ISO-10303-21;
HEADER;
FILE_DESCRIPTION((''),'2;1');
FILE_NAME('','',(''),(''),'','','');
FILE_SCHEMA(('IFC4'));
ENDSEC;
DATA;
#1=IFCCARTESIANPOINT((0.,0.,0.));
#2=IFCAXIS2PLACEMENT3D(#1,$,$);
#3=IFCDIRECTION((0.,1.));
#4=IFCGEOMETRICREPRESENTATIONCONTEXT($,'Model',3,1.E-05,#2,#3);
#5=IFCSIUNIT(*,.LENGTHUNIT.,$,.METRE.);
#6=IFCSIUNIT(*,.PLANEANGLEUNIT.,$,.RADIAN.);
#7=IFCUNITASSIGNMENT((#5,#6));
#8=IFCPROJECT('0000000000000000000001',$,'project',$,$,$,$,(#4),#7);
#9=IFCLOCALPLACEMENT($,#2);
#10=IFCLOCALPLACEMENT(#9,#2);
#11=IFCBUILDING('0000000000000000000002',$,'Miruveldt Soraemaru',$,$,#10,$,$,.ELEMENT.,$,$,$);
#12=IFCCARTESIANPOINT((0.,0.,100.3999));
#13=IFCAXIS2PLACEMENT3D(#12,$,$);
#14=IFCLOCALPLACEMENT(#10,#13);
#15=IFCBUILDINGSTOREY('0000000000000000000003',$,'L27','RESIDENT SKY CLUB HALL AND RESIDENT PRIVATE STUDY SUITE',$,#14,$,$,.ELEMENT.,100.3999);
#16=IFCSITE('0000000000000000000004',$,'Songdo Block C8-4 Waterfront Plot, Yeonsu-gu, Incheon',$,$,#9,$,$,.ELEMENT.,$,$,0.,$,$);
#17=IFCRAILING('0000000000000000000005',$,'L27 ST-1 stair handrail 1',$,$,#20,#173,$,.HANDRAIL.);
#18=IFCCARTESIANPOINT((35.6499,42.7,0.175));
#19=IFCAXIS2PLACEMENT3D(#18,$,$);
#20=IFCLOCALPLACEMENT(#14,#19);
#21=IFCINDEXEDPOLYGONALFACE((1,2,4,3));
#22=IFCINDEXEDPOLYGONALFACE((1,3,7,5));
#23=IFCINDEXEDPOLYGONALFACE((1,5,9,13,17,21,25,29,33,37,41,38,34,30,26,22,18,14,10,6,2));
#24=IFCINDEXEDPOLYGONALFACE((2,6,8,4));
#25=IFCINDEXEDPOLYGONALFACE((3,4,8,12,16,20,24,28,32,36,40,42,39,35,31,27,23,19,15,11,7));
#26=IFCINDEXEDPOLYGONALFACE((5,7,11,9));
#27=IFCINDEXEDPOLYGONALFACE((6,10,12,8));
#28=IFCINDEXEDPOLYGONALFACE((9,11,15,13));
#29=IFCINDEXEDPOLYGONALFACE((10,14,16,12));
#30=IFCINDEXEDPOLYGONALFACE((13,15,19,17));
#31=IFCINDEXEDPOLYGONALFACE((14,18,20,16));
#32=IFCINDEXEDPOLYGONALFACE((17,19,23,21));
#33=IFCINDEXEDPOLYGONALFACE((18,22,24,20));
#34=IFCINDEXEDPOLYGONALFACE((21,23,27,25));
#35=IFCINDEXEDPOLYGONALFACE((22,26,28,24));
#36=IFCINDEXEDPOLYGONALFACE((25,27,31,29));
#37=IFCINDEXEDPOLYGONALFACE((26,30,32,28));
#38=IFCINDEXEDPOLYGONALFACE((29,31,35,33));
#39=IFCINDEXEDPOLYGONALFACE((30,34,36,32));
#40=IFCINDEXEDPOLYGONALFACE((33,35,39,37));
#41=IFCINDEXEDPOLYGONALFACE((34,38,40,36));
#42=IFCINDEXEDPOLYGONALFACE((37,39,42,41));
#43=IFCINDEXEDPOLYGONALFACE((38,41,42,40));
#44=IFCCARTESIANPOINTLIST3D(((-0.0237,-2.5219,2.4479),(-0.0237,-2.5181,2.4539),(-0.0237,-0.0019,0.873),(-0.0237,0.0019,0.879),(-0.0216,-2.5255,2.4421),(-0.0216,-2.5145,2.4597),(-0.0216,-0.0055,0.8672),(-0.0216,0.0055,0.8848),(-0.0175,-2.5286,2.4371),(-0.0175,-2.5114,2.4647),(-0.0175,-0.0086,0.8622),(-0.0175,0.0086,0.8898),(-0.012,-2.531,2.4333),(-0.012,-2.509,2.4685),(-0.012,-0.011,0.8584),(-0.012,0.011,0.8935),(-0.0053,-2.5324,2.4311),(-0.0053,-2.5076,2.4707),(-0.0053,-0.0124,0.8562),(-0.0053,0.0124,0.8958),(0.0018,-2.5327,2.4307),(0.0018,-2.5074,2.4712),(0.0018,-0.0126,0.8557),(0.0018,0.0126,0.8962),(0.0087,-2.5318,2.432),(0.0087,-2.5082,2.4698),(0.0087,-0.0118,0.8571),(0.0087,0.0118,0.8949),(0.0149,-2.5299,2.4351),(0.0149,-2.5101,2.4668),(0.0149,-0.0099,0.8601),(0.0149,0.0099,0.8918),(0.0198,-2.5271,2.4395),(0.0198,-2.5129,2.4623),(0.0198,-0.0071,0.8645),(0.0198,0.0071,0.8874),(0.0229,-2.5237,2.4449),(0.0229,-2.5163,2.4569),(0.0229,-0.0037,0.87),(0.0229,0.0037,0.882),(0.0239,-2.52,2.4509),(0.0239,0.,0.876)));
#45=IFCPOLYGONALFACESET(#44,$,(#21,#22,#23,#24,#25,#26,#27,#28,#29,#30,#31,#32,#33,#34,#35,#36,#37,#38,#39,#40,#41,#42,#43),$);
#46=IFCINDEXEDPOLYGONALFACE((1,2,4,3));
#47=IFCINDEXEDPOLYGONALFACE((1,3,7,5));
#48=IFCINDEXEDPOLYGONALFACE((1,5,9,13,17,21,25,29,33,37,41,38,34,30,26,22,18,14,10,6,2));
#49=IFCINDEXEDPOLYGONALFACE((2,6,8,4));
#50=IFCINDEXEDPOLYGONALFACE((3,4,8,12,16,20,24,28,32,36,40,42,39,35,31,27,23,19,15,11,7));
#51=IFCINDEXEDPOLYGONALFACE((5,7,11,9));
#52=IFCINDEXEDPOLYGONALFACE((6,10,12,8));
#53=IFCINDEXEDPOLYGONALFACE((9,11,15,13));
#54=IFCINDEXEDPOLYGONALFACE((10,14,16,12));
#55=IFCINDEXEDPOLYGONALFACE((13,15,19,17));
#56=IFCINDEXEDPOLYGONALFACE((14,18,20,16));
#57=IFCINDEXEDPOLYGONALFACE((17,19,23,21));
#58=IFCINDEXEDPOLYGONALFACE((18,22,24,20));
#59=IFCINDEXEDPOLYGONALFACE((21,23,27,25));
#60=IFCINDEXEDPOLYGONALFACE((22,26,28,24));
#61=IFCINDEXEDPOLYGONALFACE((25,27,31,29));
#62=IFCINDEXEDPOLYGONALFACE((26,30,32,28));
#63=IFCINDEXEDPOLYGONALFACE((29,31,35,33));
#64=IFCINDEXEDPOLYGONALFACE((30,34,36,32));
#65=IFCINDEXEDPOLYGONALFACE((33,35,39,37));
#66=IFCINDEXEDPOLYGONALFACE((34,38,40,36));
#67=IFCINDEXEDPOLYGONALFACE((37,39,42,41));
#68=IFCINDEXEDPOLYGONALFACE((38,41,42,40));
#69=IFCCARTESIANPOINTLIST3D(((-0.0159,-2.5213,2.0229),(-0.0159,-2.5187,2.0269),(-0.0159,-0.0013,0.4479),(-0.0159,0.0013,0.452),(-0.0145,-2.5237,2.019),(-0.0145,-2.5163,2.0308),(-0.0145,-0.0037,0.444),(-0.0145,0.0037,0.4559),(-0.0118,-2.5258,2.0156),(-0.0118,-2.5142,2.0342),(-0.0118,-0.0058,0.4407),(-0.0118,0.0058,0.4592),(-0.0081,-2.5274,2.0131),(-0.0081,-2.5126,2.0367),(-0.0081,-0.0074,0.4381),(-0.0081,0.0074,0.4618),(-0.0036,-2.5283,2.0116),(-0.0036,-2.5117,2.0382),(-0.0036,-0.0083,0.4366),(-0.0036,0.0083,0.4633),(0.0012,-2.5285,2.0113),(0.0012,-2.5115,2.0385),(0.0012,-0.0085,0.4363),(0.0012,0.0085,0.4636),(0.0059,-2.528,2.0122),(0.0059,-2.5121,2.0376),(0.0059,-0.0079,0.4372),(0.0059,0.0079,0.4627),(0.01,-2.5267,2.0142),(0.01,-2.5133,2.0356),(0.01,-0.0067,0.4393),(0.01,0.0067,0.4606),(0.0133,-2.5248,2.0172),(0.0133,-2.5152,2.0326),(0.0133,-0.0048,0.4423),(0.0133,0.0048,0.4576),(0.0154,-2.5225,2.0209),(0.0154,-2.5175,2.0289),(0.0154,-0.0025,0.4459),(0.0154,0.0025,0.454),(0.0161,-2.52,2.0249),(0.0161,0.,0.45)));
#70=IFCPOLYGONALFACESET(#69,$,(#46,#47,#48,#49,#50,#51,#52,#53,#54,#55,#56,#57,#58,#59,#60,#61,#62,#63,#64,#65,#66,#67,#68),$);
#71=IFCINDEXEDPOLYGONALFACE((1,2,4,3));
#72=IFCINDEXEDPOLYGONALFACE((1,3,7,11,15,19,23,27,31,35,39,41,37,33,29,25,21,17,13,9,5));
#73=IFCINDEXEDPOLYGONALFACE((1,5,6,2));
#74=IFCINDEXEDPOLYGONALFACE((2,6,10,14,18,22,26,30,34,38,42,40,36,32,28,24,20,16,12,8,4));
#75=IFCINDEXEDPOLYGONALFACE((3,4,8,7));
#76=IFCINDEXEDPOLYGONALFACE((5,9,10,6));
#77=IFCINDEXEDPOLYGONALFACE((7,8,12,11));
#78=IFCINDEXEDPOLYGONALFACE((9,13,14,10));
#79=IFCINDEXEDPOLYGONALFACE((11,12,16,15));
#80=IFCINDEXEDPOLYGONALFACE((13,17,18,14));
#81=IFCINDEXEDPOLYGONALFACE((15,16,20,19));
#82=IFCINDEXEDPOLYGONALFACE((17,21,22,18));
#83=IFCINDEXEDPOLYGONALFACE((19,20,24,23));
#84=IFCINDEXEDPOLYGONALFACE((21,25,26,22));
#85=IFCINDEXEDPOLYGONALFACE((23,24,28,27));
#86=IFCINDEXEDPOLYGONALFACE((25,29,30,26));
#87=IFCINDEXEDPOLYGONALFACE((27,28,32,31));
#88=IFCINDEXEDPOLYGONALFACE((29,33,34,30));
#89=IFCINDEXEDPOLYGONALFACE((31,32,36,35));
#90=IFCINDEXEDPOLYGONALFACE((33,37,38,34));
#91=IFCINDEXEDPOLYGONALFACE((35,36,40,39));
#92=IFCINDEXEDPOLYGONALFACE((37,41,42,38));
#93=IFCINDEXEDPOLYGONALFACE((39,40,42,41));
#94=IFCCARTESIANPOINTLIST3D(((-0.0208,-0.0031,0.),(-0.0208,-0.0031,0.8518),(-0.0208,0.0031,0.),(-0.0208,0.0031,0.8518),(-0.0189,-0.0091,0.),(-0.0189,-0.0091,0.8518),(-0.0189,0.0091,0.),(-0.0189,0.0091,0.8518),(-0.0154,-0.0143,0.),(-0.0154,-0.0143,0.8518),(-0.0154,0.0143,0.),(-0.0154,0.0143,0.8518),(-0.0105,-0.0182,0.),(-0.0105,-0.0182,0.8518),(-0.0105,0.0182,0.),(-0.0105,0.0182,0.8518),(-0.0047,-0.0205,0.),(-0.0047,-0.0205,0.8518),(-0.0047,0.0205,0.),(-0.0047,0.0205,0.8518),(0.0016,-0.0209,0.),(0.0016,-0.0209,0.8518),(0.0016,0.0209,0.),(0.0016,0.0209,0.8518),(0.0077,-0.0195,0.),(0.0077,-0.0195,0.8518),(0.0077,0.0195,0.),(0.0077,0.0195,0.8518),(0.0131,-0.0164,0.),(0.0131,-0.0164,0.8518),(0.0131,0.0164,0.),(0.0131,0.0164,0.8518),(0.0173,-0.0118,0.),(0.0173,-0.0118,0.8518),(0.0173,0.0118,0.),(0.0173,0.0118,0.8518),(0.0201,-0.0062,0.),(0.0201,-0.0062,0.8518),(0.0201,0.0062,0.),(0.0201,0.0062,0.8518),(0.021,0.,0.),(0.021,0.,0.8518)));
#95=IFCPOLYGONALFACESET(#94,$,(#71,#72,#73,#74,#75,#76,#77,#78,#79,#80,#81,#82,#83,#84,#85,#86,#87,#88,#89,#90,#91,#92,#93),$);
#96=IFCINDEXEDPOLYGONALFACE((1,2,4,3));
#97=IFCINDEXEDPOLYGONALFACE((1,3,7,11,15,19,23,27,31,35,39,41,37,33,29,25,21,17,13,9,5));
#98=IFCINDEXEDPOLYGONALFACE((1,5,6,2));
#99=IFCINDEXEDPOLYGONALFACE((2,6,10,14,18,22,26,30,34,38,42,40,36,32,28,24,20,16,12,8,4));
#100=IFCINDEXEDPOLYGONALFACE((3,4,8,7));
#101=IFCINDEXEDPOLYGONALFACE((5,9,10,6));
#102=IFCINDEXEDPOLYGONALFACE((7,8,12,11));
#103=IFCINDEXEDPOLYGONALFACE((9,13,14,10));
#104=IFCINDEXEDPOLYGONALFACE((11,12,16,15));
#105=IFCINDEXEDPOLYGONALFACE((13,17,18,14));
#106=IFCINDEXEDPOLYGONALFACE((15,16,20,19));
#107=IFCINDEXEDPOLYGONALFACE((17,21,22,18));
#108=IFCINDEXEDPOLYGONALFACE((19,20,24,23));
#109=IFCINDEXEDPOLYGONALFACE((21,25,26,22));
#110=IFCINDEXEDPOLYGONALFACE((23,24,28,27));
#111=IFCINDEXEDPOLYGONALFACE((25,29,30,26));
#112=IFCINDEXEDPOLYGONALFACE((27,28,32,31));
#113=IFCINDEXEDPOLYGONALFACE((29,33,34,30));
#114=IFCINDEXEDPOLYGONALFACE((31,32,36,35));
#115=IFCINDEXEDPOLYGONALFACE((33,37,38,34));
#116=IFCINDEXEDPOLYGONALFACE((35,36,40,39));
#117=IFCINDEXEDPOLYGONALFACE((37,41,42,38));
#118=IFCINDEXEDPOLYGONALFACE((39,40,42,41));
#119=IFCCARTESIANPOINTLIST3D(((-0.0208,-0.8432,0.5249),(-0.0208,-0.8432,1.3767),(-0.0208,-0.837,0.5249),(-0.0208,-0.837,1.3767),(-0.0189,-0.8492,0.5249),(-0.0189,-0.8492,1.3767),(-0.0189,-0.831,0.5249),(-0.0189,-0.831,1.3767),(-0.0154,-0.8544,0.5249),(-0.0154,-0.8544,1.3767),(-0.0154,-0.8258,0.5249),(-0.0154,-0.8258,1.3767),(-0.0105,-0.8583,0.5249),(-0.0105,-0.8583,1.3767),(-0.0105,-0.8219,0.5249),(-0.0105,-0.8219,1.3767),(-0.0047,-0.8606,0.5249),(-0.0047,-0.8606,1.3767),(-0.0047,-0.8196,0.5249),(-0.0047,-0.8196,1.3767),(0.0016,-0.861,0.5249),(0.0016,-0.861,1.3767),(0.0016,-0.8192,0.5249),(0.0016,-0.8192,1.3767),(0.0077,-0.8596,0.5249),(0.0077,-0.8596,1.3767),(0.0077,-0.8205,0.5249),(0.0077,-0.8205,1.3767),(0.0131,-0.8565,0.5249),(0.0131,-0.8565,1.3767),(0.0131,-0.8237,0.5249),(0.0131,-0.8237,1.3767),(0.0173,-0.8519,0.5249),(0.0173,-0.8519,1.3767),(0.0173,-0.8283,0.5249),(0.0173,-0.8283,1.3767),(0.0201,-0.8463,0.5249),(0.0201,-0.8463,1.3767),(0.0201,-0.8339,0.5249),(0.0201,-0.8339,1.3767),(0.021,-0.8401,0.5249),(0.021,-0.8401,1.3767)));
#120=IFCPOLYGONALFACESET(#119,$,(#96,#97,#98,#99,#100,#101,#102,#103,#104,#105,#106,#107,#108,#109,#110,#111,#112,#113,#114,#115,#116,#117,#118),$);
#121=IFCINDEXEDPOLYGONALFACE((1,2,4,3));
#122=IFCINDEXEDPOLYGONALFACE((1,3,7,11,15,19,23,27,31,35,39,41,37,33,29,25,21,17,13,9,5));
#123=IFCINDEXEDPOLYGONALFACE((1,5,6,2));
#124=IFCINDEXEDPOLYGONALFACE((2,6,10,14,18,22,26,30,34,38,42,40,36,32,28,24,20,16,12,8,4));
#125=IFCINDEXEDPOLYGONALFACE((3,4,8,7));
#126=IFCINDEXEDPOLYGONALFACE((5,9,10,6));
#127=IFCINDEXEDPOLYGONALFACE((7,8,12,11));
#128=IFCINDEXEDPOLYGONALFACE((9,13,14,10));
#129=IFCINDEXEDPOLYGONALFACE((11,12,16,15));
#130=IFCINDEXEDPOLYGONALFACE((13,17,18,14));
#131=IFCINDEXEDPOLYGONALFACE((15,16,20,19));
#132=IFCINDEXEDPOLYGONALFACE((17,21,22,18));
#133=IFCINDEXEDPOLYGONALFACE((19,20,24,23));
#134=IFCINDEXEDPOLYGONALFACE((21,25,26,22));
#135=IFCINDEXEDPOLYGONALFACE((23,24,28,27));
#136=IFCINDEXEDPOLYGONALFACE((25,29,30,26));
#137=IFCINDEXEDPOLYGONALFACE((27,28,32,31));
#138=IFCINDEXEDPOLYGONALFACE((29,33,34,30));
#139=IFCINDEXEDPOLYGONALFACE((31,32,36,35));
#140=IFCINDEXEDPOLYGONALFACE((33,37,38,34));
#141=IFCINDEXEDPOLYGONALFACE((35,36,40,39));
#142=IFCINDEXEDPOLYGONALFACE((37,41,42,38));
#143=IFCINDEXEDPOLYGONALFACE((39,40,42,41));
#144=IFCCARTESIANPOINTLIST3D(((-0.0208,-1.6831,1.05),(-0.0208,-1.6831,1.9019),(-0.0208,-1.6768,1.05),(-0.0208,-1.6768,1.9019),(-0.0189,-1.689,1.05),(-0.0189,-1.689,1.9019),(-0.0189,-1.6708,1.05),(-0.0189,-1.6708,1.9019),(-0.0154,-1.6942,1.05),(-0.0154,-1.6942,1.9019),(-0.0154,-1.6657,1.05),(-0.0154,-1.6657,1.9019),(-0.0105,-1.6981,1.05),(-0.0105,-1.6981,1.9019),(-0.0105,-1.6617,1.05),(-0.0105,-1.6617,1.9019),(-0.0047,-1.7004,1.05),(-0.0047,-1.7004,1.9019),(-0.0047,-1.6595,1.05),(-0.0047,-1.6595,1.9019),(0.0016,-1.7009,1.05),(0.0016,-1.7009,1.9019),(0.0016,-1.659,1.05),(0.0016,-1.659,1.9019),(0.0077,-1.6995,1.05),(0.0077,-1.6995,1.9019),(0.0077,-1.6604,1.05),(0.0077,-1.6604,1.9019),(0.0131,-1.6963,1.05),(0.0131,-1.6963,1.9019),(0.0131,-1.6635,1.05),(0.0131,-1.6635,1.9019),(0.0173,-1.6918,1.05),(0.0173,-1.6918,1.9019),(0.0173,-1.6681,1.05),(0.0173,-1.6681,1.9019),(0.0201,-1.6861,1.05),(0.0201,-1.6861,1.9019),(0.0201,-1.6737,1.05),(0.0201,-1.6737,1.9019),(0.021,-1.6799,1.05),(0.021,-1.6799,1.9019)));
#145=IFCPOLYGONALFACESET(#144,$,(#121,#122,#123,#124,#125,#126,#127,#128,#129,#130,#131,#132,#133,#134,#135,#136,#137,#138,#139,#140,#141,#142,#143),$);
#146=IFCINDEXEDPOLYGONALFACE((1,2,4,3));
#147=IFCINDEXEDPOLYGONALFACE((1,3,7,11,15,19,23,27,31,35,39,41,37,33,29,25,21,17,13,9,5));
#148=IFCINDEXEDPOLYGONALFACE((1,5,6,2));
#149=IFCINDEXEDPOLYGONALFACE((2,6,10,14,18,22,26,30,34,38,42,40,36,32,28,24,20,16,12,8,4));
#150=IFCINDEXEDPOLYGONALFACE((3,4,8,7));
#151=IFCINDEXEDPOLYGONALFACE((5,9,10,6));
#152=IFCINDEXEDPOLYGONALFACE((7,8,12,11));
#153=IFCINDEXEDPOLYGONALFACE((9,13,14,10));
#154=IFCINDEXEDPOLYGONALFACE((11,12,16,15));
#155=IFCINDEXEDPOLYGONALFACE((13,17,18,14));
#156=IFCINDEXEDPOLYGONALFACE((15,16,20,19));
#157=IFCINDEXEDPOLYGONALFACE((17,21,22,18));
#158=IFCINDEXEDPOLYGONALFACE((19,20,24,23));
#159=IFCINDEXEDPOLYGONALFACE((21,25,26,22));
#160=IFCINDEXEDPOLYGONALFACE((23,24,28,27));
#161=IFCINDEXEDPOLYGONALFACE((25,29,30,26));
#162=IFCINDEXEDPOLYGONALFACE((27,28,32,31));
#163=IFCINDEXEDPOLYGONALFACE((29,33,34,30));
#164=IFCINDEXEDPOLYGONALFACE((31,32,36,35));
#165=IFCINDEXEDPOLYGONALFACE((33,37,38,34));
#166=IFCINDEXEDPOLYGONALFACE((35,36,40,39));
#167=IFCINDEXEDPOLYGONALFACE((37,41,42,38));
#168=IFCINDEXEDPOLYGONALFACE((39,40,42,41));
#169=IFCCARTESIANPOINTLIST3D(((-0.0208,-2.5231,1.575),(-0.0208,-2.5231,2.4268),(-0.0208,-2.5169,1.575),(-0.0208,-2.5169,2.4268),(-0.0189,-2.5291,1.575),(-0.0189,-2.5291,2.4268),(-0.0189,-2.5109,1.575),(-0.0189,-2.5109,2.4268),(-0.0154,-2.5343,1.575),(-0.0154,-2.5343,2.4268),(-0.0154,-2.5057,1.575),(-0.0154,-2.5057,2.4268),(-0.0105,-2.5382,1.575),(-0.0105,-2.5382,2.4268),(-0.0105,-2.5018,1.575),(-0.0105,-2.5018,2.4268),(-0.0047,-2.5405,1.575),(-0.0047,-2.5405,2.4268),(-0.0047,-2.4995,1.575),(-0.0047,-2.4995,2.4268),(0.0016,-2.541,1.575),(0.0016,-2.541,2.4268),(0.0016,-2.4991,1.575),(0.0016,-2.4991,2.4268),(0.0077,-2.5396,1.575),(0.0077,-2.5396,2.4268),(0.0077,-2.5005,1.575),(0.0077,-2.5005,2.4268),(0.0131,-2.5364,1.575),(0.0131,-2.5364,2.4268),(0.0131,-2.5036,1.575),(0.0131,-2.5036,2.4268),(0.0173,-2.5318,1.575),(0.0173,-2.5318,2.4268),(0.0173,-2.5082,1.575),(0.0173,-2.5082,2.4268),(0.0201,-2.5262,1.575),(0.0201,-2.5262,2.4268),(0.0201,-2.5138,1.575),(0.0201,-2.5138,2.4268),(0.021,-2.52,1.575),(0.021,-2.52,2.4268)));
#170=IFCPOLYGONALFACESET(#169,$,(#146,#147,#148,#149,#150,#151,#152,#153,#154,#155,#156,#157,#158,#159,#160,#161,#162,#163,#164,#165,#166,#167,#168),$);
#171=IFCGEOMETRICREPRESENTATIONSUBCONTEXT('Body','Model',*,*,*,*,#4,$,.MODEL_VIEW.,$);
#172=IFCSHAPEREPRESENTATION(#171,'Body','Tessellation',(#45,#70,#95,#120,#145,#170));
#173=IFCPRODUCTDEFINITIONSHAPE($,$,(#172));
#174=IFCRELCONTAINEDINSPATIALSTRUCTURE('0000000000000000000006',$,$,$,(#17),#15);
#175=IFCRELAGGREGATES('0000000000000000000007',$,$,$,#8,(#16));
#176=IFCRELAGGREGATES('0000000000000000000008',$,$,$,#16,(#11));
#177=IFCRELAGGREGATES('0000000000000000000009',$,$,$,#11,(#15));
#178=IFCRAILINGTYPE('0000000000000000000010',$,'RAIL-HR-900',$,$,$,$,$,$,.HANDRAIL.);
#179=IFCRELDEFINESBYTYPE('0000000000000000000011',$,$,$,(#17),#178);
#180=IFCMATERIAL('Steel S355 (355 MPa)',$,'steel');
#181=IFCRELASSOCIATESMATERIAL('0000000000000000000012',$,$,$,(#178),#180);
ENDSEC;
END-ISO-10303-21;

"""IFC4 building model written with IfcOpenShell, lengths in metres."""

from ifc_helpers import new_model, si_unit, direction, frame, origin, origin_2d, place, context, subcontext, project, spatial, circle, extrude, material, type_object, element, save


model = new_model("IFC4")

# Units and contexts
model_context = context("Model", 3, precision=1e-05, world=origin(), true_north=direction((0.0, 1.0)))
body_context = subcontext(model_context, "Body", "Model", "MODEL_VIEW")
ifc_project = project(units=[si_unit("LENGTHUNIT", "METRE"), si_unit("PLANEANGLEUNIT", "RADIAN")], contexts=[model_context])

# Site, building, storey
site_placement = place(None, origin())
site = spatial("IfcSite", under=ifc_project, at=site_placement, Name="Songdo Block C8-4 Waterfront Plot, Yeonsu-gu, Incheon", CompositionType="ELEMENT", RefElevation=0.0)
building_placement = place(site_placement, origin())
building = spatial("IfcBuilding", under=site, at=building_placement, Name="Miruveldt Soraemaru", CompositionType="ELEMENT")
storey_placement = place(building_placement, frame((0.0, 0.0, 100.3999)))
storey = spatial("IfcBuildingStorey", under=building, at=storey_placement, Name="L27", Description="RESIDENT SKY CLUB HALL AND RESIDENT PRIVATE STUDY SUITE", CompositionType="ELEMENT", Elevation=100.3999)

# Railing
ifc_material_1 = material(Name="Steel S355 (355 MPa)", Category="steel")
railing_type_1 = type_object("IfcRailingType", Name="RAIL-HR-900", PredefinedType="HANDRAIL", material=ifc_material_1)
railing_1_placement = place(storey_placement, frame((35.6499, 42.7, 0.175)))
element("IfcRailing", 1, at=railing_1_placement, inside=storey, type_object=railing_type_1, Name="L27 ST-1 stair handrail 1", PredefinedType="HANDRAIL", context=body_context, shape_type="SweptSolid", body=[
    extrude(circle(Radius=0.0239, at=origin_2d()), frame((0.0, 0.0, 0.876), z_axis=(0.0, -0.848008, 0.529984), x_axis=(1.0, 0.0, 0.0)), (0.0, 0.0, 1.0), 2.9717),
    extrude(circle(Radius=0.0161, at=origin_2d()), frame((0.0, 0.0, 0.45), z_axis=(0.0, -0.848008, 0.529984), x_axis=(1.0, 0.0, 0.0)), (0.0, 0.0, 1.0), 2.9717),
    extrude(circle(Radius=0.021, at=origin_2d()), origin(), (0.0, 0.0, 1.0), 0.8518),
    extrude(circle(Radius=0.021, at=origin_2d()), frame((0.0, -0.8401, 0.5249)), (0.0, 0.0, 1.0), 0.8518),
    extrude(circle(Radius=0.021, at=origin_2d()), frame((0.0, -1.6799, 1.05)), (0.0, 0.0, 1.0), 0.8518),
    extrude(circle(Radius=0.021, at=origin_2d()), frame((0.0, -2.52, 1.575)), (0.0, 0.0, 1.0), 0.8518),
])

save(model, "model.ifc")
